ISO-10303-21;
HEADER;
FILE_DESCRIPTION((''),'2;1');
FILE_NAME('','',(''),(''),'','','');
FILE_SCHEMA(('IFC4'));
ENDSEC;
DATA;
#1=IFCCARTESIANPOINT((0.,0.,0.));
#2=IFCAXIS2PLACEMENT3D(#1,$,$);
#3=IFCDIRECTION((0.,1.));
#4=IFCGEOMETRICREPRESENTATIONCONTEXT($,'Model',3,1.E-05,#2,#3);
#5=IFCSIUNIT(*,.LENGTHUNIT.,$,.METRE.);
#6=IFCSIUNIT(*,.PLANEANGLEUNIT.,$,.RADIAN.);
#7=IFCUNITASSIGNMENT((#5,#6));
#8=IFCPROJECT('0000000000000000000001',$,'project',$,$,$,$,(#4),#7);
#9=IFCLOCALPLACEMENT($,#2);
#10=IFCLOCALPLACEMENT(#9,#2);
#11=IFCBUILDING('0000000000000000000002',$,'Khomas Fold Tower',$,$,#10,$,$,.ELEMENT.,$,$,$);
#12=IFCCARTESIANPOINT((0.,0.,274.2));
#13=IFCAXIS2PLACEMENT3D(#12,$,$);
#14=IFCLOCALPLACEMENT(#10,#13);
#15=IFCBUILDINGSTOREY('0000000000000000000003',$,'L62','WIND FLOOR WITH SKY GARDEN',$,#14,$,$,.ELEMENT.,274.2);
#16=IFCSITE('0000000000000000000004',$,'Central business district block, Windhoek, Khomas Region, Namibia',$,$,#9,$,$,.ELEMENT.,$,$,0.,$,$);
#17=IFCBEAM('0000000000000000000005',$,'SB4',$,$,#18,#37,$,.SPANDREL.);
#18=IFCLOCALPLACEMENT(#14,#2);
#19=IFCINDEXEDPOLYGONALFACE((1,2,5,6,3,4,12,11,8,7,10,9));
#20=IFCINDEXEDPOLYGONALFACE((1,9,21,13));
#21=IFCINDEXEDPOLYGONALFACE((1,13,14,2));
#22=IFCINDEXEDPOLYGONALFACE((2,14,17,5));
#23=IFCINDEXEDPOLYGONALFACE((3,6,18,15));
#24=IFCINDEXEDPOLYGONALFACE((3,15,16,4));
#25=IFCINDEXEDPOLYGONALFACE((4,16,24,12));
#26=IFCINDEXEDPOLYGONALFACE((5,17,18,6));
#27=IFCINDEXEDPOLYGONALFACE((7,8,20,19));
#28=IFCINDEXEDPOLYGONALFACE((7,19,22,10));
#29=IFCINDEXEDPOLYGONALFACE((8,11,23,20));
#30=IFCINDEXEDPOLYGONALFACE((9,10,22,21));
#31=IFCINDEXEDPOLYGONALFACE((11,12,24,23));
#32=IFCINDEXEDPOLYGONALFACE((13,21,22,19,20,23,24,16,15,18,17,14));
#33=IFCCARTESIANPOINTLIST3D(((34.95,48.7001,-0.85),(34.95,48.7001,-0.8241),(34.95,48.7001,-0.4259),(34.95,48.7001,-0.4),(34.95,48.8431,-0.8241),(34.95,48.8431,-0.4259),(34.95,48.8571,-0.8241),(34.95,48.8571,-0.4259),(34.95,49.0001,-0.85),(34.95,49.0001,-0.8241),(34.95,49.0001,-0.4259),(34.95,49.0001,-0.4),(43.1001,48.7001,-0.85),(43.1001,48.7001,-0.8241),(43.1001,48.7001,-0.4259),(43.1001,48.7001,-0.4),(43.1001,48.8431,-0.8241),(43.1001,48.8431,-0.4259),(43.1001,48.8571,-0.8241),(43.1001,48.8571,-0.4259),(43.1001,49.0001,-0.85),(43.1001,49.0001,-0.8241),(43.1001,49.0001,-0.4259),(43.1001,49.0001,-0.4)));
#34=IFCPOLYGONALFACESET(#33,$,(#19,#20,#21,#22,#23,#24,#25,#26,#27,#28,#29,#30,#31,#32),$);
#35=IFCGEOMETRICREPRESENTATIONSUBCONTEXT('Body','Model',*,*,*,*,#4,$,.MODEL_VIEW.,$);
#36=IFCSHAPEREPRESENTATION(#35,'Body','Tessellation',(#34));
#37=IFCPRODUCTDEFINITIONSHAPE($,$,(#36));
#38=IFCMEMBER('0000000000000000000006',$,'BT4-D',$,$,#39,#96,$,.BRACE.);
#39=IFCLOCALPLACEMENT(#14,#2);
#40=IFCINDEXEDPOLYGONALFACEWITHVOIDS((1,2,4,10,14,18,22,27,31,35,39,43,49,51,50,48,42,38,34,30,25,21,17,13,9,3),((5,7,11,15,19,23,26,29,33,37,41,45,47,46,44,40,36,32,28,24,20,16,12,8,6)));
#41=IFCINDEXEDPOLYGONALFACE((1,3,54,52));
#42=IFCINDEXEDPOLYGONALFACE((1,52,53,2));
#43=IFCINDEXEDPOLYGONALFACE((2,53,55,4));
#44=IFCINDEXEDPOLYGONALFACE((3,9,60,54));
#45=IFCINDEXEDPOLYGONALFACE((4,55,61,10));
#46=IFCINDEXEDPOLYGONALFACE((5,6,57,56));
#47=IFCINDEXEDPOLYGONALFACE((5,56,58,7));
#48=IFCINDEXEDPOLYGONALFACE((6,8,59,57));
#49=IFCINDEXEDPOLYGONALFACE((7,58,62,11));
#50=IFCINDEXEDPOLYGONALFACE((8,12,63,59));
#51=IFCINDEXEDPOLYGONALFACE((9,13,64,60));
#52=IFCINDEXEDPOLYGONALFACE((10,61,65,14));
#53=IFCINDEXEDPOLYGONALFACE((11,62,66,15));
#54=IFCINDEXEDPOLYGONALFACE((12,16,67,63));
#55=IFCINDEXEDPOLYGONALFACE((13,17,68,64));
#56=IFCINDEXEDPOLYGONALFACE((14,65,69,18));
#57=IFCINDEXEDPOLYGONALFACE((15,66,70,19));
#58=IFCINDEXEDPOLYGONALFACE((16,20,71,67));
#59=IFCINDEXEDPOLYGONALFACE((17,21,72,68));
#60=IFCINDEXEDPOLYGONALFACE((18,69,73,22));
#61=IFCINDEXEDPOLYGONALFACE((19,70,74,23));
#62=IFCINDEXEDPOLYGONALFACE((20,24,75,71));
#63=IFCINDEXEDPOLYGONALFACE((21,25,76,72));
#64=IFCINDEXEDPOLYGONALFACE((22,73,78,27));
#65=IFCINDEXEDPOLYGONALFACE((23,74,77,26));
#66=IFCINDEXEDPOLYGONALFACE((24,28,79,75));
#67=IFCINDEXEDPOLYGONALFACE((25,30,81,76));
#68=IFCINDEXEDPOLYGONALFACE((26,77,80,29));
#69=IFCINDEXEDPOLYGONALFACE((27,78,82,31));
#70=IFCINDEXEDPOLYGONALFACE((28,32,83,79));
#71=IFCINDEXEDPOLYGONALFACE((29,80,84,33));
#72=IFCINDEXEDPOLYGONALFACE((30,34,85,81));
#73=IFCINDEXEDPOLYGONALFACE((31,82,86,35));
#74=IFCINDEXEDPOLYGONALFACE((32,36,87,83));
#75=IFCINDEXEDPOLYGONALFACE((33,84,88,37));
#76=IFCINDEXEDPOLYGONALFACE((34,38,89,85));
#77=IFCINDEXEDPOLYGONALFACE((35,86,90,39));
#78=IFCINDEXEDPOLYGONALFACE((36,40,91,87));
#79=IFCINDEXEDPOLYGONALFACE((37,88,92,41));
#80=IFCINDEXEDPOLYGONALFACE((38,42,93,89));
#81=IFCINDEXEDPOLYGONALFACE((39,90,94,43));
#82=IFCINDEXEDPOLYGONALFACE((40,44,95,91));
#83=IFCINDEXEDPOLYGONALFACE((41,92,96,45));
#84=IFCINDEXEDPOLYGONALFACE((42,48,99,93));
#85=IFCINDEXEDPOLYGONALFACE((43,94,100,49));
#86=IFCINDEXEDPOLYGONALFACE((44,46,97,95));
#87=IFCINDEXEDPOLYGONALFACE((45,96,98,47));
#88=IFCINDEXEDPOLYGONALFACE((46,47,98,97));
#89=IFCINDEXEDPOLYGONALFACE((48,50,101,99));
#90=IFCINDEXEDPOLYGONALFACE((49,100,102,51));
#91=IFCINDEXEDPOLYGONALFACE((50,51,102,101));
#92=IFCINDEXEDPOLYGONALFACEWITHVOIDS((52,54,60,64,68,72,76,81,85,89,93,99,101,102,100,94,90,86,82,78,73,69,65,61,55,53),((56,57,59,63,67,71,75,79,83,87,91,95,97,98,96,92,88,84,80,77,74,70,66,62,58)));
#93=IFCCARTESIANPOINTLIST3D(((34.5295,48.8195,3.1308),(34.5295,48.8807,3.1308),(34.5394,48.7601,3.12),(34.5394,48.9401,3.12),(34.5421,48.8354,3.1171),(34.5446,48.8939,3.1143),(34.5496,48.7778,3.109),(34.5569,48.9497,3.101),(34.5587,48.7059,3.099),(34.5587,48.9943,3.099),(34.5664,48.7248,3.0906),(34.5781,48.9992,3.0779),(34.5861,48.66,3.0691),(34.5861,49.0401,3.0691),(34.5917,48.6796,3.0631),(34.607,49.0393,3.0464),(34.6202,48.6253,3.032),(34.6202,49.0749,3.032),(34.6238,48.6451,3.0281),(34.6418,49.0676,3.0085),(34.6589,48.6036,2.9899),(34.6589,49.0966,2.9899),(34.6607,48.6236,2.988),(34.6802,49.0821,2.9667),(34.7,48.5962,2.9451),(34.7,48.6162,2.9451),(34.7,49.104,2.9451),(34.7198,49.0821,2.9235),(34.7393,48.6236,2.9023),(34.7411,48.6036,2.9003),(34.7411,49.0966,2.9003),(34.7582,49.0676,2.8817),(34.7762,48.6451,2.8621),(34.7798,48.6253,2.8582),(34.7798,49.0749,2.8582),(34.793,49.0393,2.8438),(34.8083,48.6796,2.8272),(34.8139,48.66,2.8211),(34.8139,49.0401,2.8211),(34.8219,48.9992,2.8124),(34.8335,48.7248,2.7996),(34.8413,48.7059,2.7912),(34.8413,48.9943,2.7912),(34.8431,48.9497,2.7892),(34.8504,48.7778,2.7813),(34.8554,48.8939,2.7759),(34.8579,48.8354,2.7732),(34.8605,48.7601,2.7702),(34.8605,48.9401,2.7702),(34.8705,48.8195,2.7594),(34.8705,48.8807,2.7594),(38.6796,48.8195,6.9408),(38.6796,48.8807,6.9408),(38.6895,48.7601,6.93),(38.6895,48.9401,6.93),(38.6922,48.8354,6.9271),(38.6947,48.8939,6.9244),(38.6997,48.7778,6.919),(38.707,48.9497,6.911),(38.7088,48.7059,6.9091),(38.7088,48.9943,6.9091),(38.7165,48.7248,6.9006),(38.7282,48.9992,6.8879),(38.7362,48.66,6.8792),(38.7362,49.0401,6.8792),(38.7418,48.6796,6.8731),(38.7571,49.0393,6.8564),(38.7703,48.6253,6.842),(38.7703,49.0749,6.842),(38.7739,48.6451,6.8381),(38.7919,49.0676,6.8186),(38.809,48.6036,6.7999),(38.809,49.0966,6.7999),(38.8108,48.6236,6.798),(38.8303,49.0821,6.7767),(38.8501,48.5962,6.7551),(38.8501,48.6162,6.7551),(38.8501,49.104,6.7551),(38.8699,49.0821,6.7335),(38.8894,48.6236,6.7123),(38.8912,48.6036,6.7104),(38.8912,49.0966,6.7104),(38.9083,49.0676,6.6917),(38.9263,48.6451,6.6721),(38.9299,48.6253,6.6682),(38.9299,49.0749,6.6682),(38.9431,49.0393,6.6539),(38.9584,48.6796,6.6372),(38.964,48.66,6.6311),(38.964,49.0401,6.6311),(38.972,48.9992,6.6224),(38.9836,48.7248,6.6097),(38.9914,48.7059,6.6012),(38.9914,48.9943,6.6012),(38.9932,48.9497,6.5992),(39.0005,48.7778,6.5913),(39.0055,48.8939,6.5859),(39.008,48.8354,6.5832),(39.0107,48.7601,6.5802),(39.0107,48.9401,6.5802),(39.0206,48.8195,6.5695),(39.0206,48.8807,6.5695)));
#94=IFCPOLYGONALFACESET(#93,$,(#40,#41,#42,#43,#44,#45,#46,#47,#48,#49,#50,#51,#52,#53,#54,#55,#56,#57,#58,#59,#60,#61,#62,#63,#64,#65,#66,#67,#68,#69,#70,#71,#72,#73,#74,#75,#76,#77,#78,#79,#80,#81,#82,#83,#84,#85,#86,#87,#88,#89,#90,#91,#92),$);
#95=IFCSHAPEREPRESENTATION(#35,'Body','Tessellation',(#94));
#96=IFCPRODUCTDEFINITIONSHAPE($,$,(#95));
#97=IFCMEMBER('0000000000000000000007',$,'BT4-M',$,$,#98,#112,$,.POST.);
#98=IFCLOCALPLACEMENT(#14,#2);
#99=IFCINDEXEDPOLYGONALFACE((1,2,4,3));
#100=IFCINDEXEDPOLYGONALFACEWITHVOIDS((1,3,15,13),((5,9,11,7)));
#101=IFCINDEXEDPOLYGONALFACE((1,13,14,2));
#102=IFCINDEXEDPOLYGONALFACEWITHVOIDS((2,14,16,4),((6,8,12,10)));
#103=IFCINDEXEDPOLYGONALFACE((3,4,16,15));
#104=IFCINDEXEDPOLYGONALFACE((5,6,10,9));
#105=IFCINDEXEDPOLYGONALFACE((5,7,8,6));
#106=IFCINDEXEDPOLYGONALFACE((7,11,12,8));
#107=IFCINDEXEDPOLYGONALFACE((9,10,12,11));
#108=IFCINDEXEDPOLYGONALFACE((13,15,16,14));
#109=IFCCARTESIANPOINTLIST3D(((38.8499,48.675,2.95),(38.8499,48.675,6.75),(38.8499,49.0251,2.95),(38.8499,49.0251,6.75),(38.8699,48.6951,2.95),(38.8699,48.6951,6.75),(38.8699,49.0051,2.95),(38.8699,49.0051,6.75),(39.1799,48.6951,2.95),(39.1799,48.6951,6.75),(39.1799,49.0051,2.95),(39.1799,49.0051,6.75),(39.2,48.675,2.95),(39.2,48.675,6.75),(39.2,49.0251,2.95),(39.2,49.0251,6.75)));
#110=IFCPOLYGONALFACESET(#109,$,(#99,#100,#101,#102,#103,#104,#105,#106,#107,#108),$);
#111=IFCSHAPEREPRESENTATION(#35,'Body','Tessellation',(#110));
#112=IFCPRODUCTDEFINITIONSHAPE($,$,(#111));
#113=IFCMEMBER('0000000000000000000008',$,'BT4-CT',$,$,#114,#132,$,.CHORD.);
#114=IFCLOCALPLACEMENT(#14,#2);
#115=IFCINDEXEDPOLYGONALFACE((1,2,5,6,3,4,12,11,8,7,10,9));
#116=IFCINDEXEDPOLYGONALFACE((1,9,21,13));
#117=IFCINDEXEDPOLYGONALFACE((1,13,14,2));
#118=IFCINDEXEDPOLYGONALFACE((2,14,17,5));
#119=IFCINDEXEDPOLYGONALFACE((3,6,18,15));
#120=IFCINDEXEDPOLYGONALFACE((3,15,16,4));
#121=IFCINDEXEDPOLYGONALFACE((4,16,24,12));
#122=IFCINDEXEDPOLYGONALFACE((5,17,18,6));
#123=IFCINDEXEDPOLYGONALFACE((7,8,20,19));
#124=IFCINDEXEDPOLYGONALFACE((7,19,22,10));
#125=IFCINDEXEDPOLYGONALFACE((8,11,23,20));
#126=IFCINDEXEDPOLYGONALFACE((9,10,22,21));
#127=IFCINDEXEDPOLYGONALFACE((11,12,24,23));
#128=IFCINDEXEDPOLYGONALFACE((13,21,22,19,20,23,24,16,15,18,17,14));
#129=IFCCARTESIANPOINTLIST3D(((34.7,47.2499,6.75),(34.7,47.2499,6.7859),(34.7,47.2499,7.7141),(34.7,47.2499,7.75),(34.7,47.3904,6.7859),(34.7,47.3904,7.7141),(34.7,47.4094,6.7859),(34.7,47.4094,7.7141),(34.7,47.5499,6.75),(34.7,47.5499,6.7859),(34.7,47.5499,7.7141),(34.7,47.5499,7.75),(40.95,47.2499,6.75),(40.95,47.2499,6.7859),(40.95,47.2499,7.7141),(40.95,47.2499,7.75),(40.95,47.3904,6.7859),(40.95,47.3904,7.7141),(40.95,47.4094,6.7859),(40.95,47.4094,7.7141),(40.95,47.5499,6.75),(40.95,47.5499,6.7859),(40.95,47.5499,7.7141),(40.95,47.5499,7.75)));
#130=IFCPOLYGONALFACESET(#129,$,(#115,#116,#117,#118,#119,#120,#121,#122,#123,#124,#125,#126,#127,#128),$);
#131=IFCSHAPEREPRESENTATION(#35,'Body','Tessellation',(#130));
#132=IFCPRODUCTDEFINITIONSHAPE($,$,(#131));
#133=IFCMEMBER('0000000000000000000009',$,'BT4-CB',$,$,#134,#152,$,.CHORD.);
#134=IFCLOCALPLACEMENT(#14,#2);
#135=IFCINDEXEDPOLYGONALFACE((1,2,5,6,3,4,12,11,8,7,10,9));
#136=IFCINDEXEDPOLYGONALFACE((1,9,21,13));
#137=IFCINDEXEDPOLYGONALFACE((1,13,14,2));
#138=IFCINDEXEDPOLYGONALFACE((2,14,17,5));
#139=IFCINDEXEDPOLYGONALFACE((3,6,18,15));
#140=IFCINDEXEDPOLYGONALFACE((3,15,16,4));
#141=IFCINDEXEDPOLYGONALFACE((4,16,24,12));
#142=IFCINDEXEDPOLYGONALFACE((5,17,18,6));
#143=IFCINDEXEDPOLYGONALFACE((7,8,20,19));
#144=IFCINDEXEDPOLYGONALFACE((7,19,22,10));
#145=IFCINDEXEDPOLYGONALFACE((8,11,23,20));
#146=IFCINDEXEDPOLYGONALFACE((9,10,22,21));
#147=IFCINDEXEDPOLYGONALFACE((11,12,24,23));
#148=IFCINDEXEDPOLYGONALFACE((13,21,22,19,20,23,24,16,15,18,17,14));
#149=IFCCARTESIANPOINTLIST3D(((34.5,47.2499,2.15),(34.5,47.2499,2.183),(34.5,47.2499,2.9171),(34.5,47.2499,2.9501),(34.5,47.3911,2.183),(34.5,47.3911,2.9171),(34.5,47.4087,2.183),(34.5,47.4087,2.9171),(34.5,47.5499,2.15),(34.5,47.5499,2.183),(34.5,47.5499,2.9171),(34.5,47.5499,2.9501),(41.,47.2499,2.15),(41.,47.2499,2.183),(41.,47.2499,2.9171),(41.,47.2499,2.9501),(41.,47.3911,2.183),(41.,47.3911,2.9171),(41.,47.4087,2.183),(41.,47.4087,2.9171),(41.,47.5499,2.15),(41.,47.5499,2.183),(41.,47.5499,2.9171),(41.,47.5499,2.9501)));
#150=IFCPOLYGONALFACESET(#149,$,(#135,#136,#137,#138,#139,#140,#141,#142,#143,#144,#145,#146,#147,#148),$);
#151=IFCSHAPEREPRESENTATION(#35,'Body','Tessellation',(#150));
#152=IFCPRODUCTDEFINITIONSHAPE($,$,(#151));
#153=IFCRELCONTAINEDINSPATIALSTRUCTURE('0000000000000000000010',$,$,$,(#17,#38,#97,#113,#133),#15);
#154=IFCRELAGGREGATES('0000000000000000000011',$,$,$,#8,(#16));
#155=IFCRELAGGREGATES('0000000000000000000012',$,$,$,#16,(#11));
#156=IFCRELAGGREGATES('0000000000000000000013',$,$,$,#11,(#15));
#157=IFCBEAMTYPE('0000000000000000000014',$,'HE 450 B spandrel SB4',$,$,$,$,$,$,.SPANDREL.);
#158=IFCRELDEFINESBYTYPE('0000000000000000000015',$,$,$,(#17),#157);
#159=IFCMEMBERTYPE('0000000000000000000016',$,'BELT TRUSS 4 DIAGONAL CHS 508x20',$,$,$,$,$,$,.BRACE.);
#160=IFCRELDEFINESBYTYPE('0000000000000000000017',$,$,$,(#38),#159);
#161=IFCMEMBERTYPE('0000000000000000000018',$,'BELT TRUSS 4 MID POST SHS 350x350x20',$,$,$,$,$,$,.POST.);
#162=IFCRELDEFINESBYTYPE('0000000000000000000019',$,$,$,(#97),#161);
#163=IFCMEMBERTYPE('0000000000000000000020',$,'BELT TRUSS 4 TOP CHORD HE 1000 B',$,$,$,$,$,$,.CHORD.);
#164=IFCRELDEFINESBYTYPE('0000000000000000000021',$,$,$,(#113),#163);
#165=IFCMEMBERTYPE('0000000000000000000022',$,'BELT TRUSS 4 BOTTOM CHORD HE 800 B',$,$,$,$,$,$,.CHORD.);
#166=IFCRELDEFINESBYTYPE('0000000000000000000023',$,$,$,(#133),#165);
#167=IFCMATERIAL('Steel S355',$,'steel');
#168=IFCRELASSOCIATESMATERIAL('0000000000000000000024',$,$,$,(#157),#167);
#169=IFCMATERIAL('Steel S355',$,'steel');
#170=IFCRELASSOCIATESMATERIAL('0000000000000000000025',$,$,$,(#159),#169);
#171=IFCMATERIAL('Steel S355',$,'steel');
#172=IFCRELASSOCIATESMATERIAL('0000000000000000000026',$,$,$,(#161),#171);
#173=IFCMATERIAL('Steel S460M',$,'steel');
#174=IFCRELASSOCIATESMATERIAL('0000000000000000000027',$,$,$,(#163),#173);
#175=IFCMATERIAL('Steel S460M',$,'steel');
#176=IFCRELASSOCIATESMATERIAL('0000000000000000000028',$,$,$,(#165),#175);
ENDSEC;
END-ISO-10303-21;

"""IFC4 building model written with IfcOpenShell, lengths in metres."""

from ifc_helpers import new_model, si_unit, direction, frame, origin, origin_2d, place, context, subcontext, project, spatial, hollow_rectangle, hollow_circle, i_section, extrude, source, transform, mapped, material, material_profile, profile_set, type_object, element, save


model = new_model("IFC4")

# Units and contexts
model_context = context("Model", 3, precision=1e-05, world=origin(), true_north=direction((0.0, 1.0)))
body_context = subcontext(model_context, "Body", "Model", "MODEL_VIEW")
ifc_project = project(units=[si_unit("LENGTHUNIT", "METRE"), si_unit("PLANEANGLEUNIT", "RADIAN")], contexts=[model_context])

# Site, building, storey
site_placement = place(None, origin())
site = spatial("IfcSite", under=ifc_project, at=site_placement, Name="Central business district block, Windhoek, Khomas Region, Namibia", CompositionType="ELEMENT", RefElevation=0.0)
building_placement = place(site_placement, origin())
building = spatial("IfcBuilding", under=site, at=building_placement, Name="Khomas Fold Tower", CompositionType="ELEMENT")
storey_placement = place(building_placement, frame((0.0, 0.0, 274.2)))
storey = spatial("IfcBuildingStorey", under=building, at=storey_placement, Name="L62", Description="WIND FLOOR WITH SKY GARDEN", CompositionType="ELEMENT", Elevation=274.2)

# Beam
ifc_material_1 = material(Name="Steel S355", Category="steel")
ifc_material_profile_1 = material_profile(ifc_material_1, i_section(OverallWidth=0.3, OverallDepth=0.45, WebThickness=0.0139, FlangeThickness=0.0259, at=origin_2d()), Name="HE 450 B")
ifc_profile_set_1 = profile_set([ifc_material_profile_1], Name="Steel S355")
beam_type_1 = type_object("IfcBeamType", Name="HE 450 B spandrel SB4", PredefinedType="SPANDREL", material=ifc_profile_set_1)
shared_shape_1 = source(origin(), body_context, "Body", "SweptSolid", [
    extrude(i_section(OverallWidth=0.3, OverallDepth=0.45, WebThickness=0.0139, FlangeThickness=0.0259, at=origin_2d()), origin(), (0.0, 0.0, 1.0), 8.1501),
])
beam_1_placement = place(storey_placement, frame((34.95, 48.8501, -0.625), z_axis=(1.0, 0.0, 0.0), x_axis=(0.0, 1.0, 0.0)))
element("IfcBeam", 1, at=beam_1_placement, inside=storey, type_object=beam_type_1, Name="SB4", PredefinedType="SPANDREL", context=body_context, shape_type="MappedRepresentation", body=[
    mapped(shared_shape_1, transform((0.0, 0.0, 0.0))),
])

# Members
ifc_material_2 = material(Name="Steel S355", Category="steel")
ifc_material_profile_2 = material_profile(ifc_material_2, hollow_circle(Radius=0.2539, WallThickness=0.02, at=origin_2d()), Name="CHS 508x20")
ifc_profile_set_2 = profile_set([ifc_material_profile_2], Name="Steel S355")
member_type_1 = type_object("IfcMemberType", Name="BELT TRUSS 4 DIAGONAL CHS 508x20", PredefinedType="BRACE", material=ifc_profile_set_2)
shared_shape_2 = source(origin(), body_context, "Body", "SweptSolid", [
    extrude(hollow_circle(Radius=0.2539, WallThickness=0.02, at=origin_2d()), origin(), (0.0, 0.0, 1.0), 5.6338),
])
member_1_placement = place(storey_placement, frame((38.8501, 48.8501, 6.7551), z_axis=(-0.736645, 0.0, -0.67628), x_axis=(0.0, -1.0, 0.0)))
element("IfcMember", 2, at=member_1_placement, inside=storey, type_object=member_type_1, Name="BT4-D", PredefinedType="BRACE", context=body_context, shape_type="MappedRepresentation", body=[
    mapped(shared_shape_2, transform((0.0, 0.0, 0.0))),
])
ifc_material_3 = material(Name="Steel S355", Category="steel")
ifc_material_profile_3 = material_profile(ifc_material_3, hollow_rectangle(XDim=0.3501, YDim=0.3501, WallThickness=0.02, at=origin_2d()), Name="SHS 350x350x20")
ifc_profile_set_3 = profile_set([ifc_material_profile_3], Name="Steel S355")
member_type_2 = type_object("IfcMemberType", Name="BELT TRUSS 4 MID POST SHS 350x350x20", PredefinedType="POST", material=ifc_profile_set_3)
shared_shape_3 = source(origin(), body_context, "Body", "SweptSolid", [
    extrude(hollow_rectangle(XDim=0.3501, YDim=0.3501, WallThickness=0.02, at=origin_2d()), origin(), (0.0, 0.0, 1.0), 3.8),
])
member_2_placement = place(storey_placement, frame((39.0249, 48.8501, 2.95), z_axis=(0.0, 0.0, 1.0), x_axis=(1.0, 0.0, 0.0)))
element("IfcMember", 3, at=member_2_placement, inside=storey, type_object=member_type_2, Name="BT4-M", PredefinedType="POST", context=body_context, shape_type="MappedRepresentation", body=[
    mapped(shared_shape_3, transform((0.0, 0.0, 0.0))),
])
ifc_material_4 = material(Name="Steel S460M", Category="steel")
ifc_material_profile_4 = material_profile(ifc_material_4, i_section(OverallWidth=0.3, OverallDepth=1.0, WebThickness=0.019, FlangeThickness=0.0359, at=origin_2d()), Name="HE 1000 B")
ifc_profile_set_4 = profile_set([ifc_material_profile_4], Name="Steel S460M")
member_type_3 = type_object("IfcMemberType", Name="BELT TRUSS 4 TOP CHORD HE 1000 B", PredefinedType="CHORD", material=ifc_profile_set_4)
shared_shape_4 = source(origin(), body_context, "Body", "SweptSolid", [
    extrude(i_section(OverallWidth=0.3, OverallDepth=1.0, WebThickness=0.019, FlangeThickness=0.0359, at=origin_2d()), origin(), (0.0, 0.0, 1.0), 6.25),
])
member_3_placement = place(storey_placement, frame((40.95, 47.3999, 7.25), z_axis=(-1.0, 0.0, 0.0), x_axis=(0.0, -1.0, 0.0)))
element("IfcMember", 4, at=member_3_placement, inside=storey, type_object=member_type_3, Name="BT4-CT", PredefinedType="CHORD", context=body_context, shape_type="MappedRepresentation", body=[
    mapped(shared_shape_4, transform((0.0, 0.0, 0.0))),
])
ifc_material_5 = material(Name="Steel S460M", Category="steel")
ifc_material_profile_5 = material_profile(ifc_material_5, i_section(OverallWidth=0.3, OverallDepth=0.8, WebThickness=0.0176, FlangeThickness=0.033, at=origin_2d()), Name="HE 800 B")
ifc_profile_set_5 = profile_set([ifc_material_profile_5], Name="Steel S460M")
member_type_4 = type_object("IfcMemberType", Name="BELT TRUSS 4 BOTTOM CHORD HE 800 B", PredefinedType="CHORD", material=ifc_profile_set_5)
shared_shape_5 = source(origin(), body_context, "Body", "SweptSolid", [
    extrude(i_section(OverallWidth=0.3, OverallDepth=0.8, WebThickness=0.0176, FlangeThickness=0.033, at=origin_2d()), origin(), (0.0, 0.0, 1.0), 6.5),
])
member_4_placement = place(storey_placement, frame((41.0, 47.3999, 2.55), z_axis=(-1.0, 0.0, 0.0), x_axis=(0.0, -1.0, 0.0)))
element("IfcMember", 5, at=member_4_placement, inside=storey, type_object=member_type_4, Name="BT4-CB", PredefinedType="CHORD", context=body_context, shape_type="MappedRepresentation", body=[
    mapped(shared_shape_5, transform((0.0, 0.0, 0.0))),
])

save(model, "model.ifc")
